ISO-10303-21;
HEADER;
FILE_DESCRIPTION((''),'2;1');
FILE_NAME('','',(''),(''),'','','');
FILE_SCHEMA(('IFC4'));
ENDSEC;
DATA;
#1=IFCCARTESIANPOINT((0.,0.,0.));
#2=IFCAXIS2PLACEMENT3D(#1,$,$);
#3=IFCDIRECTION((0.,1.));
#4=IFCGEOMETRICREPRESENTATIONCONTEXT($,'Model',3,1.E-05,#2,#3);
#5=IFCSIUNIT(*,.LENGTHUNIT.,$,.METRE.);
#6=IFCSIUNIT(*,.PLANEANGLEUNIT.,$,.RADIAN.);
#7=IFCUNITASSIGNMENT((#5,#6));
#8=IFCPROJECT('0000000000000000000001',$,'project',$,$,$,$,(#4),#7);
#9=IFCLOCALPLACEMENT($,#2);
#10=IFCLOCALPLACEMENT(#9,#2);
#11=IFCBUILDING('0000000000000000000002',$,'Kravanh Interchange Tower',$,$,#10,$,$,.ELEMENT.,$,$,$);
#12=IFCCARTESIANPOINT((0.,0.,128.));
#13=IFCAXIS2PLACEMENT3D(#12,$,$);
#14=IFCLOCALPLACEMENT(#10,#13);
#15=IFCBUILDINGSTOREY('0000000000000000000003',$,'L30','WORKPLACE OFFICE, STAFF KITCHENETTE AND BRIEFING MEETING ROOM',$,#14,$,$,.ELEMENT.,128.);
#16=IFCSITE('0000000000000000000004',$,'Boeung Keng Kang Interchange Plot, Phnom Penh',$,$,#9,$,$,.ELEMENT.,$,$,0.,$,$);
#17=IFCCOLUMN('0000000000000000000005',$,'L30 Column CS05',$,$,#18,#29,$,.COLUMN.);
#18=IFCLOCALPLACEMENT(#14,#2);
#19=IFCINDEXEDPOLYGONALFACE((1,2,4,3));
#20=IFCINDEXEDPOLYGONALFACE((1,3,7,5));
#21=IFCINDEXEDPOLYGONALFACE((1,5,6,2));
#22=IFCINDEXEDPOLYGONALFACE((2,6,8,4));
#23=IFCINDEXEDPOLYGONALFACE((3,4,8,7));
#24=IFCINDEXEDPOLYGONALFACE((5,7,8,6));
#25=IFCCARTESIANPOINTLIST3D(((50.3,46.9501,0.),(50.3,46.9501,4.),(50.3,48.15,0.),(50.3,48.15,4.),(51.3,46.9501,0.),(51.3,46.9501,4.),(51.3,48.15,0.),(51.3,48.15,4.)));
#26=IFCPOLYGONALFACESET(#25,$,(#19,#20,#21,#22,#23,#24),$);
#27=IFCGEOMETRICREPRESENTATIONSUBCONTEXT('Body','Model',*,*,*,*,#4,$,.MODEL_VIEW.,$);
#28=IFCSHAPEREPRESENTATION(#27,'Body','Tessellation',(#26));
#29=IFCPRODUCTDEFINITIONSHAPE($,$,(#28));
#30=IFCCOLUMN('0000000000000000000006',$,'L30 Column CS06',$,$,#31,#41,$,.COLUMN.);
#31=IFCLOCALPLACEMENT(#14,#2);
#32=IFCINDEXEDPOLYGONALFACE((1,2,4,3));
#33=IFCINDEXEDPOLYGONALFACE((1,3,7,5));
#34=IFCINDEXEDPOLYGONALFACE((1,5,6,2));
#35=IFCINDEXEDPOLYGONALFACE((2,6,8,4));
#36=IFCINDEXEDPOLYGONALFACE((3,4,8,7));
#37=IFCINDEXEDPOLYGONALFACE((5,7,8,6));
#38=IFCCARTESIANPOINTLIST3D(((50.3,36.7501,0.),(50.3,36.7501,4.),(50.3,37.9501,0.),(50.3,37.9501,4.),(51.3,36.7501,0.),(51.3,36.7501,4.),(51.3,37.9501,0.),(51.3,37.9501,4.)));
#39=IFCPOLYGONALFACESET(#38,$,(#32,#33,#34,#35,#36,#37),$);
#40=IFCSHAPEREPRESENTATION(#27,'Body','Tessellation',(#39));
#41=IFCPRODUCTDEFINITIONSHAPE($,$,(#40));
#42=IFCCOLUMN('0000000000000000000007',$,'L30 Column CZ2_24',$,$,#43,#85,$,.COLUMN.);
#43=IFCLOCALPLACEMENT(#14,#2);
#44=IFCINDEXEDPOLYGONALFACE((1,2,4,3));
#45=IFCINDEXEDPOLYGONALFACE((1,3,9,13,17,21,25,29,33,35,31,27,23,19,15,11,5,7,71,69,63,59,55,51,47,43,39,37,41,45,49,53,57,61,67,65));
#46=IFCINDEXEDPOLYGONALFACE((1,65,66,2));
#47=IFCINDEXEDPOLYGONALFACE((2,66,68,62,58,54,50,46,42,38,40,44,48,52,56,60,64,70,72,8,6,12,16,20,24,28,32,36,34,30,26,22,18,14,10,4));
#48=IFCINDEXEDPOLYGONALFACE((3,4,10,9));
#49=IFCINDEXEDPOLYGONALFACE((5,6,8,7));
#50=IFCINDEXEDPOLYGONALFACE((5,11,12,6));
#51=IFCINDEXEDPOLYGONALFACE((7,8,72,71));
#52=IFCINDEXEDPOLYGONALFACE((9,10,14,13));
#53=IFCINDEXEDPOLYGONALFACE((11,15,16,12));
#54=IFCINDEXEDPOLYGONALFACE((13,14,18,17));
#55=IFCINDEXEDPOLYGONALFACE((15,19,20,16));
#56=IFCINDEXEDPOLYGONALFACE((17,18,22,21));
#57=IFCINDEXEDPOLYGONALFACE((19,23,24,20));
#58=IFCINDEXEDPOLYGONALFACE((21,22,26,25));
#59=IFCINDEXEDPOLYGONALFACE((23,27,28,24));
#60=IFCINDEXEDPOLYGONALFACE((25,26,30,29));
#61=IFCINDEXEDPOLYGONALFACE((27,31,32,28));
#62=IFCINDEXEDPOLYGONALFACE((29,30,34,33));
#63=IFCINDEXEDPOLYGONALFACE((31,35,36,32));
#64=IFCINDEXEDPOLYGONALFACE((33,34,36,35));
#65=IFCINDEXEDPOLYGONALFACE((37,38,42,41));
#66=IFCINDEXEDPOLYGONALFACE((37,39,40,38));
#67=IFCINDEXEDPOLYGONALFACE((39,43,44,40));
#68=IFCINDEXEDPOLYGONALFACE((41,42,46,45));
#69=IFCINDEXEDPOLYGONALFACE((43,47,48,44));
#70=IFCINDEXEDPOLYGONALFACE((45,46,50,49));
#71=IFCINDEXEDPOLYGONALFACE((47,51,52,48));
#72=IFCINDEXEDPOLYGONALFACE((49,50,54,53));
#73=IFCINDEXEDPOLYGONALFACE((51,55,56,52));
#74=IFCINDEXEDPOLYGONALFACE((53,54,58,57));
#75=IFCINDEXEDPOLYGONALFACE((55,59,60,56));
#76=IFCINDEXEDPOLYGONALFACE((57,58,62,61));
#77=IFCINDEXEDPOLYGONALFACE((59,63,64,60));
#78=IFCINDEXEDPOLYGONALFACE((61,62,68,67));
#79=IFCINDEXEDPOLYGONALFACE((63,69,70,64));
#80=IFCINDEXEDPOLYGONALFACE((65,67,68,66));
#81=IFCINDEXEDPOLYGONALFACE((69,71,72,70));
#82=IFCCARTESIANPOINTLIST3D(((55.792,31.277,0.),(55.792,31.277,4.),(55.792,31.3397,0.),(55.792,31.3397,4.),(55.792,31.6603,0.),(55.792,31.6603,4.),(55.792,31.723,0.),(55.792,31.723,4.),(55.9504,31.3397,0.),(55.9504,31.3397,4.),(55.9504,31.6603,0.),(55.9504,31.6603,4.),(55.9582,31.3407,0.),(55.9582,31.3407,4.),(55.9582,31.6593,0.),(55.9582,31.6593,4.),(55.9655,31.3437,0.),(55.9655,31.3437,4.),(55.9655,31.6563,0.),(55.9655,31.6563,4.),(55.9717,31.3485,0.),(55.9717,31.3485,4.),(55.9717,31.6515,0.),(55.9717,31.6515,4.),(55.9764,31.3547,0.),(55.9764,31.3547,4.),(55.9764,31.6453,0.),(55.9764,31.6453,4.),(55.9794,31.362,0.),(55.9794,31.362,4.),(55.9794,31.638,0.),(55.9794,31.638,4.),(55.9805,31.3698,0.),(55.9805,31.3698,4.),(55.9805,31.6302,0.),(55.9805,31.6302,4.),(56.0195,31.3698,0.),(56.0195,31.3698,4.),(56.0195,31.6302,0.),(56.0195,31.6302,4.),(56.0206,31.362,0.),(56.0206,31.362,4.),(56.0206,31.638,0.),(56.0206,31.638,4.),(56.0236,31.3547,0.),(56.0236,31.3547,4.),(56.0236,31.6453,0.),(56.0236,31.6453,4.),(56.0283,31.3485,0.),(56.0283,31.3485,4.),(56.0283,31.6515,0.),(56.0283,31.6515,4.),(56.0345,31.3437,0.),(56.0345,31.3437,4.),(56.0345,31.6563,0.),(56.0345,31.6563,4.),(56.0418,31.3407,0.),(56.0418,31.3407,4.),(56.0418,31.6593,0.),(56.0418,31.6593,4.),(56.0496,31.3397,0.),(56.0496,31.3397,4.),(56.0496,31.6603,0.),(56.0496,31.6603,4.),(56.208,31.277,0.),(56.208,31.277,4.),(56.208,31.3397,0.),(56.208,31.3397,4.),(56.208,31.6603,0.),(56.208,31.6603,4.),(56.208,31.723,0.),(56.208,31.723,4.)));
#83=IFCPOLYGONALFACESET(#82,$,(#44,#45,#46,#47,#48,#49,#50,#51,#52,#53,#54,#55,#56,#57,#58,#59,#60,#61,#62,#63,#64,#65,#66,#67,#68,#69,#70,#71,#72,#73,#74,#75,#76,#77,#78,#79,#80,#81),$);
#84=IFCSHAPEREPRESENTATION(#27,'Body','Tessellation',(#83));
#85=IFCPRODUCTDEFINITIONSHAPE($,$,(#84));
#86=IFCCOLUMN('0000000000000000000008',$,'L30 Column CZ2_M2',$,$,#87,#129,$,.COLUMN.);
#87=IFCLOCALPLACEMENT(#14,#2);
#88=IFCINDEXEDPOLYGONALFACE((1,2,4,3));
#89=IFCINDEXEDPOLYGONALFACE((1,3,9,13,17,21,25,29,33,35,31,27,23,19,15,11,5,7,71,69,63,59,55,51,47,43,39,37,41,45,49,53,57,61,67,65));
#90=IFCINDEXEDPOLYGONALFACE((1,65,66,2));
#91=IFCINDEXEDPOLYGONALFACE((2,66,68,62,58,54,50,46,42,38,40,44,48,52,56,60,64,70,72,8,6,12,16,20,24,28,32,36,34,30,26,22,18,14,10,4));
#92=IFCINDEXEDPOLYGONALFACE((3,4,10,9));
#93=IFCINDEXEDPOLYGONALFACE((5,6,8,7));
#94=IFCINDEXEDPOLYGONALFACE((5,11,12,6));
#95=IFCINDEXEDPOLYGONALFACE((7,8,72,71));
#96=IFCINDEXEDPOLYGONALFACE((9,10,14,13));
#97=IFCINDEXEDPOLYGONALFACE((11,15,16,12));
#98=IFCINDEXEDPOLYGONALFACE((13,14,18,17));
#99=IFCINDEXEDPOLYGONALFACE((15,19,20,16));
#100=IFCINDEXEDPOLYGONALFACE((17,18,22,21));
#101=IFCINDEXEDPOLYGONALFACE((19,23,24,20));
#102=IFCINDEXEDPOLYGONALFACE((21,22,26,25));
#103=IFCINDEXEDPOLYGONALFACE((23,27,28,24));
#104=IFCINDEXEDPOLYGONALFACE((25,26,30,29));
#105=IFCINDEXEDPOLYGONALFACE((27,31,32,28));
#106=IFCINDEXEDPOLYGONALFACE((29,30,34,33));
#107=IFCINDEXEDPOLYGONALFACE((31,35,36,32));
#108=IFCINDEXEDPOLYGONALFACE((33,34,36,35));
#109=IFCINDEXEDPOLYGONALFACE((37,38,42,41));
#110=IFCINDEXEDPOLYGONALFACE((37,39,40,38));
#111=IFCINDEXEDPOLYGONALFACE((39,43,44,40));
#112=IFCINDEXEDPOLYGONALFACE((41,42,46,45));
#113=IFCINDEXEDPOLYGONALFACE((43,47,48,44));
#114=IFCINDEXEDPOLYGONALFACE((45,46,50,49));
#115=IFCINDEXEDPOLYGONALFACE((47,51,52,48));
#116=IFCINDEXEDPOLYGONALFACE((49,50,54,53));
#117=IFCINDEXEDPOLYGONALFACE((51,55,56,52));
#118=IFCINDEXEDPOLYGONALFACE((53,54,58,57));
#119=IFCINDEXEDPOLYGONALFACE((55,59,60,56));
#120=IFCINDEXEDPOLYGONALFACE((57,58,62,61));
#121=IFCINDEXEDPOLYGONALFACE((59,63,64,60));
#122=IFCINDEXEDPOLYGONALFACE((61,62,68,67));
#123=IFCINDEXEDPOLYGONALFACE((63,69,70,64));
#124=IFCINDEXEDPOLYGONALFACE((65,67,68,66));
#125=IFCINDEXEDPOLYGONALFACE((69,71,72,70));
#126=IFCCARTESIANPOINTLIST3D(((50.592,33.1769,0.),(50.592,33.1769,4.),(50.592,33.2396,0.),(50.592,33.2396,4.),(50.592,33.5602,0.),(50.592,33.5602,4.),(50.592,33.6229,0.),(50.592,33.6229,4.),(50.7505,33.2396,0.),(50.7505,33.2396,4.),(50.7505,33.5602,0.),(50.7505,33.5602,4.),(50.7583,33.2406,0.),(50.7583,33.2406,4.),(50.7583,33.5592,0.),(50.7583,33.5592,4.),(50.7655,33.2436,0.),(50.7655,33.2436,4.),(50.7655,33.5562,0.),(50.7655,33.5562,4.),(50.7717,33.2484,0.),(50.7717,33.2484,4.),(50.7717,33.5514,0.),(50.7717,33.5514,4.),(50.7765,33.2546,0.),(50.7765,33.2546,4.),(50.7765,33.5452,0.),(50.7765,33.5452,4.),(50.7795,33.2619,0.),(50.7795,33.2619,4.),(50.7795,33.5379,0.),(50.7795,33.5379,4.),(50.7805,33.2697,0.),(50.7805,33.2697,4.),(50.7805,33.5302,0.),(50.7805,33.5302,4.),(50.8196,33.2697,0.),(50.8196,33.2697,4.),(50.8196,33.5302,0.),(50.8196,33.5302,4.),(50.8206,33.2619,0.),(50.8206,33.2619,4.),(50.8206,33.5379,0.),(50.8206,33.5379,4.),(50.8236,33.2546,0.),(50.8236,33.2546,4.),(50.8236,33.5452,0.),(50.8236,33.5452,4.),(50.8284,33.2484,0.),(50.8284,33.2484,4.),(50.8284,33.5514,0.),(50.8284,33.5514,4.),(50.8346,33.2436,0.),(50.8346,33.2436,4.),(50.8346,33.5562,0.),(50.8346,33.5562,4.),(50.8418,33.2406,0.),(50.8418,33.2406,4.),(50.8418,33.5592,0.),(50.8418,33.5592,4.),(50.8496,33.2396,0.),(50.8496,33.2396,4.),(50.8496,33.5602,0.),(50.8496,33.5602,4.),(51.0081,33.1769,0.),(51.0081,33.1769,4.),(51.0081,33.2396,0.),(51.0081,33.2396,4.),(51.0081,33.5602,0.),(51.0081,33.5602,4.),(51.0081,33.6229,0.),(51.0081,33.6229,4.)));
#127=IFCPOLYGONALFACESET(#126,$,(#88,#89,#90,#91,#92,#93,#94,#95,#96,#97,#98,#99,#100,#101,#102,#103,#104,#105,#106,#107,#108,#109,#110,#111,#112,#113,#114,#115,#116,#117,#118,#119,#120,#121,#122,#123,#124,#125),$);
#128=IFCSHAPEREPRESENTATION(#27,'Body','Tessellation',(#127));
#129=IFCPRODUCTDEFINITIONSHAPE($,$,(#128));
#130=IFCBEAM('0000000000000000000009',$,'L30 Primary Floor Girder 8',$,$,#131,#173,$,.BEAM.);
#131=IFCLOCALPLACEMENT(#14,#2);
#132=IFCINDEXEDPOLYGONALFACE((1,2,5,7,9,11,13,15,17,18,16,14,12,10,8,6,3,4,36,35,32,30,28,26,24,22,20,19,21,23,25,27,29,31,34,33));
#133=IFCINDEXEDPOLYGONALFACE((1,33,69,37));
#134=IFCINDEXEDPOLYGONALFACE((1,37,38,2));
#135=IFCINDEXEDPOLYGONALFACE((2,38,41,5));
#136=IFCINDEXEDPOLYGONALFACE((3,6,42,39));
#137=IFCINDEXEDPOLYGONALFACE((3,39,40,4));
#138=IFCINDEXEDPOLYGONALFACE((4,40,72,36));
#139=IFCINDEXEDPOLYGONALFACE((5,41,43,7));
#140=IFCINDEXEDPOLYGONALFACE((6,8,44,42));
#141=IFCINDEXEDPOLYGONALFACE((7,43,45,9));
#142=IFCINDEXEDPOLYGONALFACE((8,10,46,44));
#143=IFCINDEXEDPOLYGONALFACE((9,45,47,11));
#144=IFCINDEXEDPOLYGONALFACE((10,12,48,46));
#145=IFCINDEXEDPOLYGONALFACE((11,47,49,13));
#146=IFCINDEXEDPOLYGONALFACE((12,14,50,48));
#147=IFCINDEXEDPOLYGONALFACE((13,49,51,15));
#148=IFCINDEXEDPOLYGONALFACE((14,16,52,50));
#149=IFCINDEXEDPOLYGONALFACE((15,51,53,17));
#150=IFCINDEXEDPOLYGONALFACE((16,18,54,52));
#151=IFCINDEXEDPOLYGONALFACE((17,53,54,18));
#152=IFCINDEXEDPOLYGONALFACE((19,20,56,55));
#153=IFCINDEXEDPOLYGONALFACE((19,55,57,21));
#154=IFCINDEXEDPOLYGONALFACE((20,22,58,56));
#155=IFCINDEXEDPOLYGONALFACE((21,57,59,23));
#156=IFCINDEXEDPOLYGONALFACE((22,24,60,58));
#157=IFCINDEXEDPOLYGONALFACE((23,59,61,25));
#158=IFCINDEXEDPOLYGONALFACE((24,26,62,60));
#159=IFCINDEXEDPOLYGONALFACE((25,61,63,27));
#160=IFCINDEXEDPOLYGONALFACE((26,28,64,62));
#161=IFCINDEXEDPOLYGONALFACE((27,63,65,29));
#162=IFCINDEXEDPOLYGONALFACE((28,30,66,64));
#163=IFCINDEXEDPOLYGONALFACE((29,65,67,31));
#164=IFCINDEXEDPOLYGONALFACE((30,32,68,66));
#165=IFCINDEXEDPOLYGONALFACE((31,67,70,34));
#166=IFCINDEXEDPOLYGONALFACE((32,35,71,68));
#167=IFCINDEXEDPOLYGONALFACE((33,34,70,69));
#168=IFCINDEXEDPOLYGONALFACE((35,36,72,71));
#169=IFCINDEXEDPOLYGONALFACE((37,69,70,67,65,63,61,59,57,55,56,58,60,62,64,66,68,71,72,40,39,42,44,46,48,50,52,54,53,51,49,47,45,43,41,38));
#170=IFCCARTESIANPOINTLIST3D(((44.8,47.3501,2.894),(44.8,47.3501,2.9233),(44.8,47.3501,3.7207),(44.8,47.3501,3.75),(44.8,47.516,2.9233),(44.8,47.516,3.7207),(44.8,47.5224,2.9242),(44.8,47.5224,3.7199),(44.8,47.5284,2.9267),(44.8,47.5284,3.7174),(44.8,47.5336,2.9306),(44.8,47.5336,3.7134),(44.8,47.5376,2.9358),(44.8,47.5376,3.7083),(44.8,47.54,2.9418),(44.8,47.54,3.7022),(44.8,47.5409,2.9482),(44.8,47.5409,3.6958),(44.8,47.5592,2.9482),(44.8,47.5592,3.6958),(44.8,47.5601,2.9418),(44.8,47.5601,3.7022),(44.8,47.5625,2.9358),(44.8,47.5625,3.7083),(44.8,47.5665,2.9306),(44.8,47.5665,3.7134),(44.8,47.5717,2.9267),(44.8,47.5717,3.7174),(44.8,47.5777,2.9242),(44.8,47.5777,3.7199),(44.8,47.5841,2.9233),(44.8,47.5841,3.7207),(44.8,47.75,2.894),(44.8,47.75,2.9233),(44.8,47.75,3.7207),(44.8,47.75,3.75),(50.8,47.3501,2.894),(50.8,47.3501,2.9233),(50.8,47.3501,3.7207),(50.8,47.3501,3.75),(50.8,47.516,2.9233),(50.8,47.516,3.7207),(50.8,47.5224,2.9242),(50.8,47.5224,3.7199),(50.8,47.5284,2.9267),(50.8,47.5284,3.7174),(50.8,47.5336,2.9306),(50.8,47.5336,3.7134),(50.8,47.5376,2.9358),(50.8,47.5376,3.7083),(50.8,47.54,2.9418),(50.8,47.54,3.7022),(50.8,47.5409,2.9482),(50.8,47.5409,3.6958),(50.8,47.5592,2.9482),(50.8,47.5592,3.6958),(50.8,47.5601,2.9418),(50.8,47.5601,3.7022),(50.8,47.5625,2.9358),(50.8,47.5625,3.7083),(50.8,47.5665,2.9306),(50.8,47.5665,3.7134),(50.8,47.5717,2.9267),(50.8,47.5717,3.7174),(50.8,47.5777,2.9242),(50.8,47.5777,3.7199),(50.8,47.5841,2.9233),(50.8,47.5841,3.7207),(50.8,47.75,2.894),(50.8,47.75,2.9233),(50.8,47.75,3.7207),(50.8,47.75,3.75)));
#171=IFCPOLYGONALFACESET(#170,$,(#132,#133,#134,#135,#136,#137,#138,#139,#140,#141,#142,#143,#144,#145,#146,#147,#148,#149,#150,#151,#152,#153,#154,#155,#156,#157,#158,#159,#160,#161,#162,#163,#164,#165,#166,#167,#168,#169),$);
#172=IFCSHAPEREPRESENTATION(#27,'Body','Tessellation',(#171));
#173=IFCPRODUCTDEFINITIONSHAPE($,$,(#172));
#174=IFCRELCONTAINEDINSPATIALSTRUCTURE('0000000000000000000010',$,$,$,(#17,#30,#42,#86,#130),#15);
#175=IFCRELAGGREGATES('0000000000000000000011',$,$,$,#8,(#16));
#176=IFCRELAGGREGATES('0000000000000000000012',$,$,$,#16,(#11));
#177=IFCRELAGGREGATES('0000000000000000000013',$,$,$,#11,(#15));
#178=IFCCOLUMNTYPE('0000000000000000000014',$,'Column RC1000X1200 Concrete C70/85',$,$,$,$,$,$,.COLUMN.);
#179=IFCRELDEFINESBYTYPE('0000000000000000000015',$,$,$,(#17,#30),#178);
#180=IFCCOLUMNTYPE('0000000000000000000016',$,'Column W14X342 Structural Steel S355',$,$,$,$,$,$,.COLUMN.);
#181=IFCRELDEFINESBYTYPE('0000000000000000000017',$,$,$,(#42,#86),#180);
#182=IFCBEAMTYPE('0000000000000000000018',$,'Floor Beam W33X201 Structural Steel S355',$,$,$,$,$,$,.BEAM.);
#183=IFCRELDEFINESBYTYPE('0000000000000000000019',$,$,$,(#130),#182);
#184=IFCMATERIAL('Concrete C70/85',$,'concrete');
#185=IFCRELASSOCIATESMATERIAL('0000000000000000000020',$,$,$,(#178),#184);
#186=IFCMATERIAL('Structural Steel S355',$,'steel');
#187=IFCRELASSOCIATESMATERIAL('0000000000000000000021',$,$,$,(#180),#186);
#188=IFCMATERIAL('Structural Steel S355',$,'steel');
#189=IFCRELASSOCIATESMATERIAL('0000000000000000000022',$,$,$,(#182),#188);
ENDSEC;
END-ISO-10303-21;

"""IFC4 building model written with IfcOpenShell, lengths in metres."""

from ifc_helpers import new_model, si_unit, direction, frame, origin, origin_2d, place, context, subcontext, project, spatial, rectangle, i_section, extrude, material, material_profile, profile_set, type_object, element, save


model = new_model("IFC4")

# Units and contexts
model_context = context("Model", 3, precision=1e-05, world=origin(), true_north=direction((0.0, 1.0)))
body_context = subcontext(model_context, "Body", "Model", "MODEL_VIEW")
ifc_project = project(units=[si_unit("LENGTHUNIT", "METRE"), si_unit("PLANEANGLEUNIT", "RADIAN")], contexts=[model_context])

# Site, building, storey
site_placement = place(None, origin())
site = spatial("IfcSite", under=ifc_project, at=site_placement, Name="Boeung Keng Kang Interchange Plot, Phnom Penh", CompositionType="ELEMENT", RefElevation=0.0)
building_placement = place(site_placement, origin())
building = spatial("IfcBuilding", under=site, at=building_placement, Name="Kravanh Interchange Tower", CompositionType="ELEMENT")
storey_placement = place(building_placement, frame((0.0, 0.0, 128.0)))
storey = spatial("IfcBuildingStorey", under=building, at=storey_placement, Name="L30", Description="WORKPLACE OFFICE, STAFF KITCHENETTE AND BRIEFING MEETING ROOM", CompositionType="ELEMENT", Elevation=128.0)

# Columns
ifc_material_1 = material(Name="Concrete C70/85", Category="concrete")
ifc_material_profile_1 = material_profile(ifc_material_1, rectangle(XDim=1.0, YDim=1.2, at=origin_2d()), Name="RC1000X1200")
ifc_profile_set_1 = profile_set([ifc_material_profile_1], Name="Concrete C70/85")
column_type_1 = type_object("IfcColumnType", Name="Column RC1000X1200 Concrete C70/85", PredefinedType="COLUMN", material=ifc_profile_set_1)
for number, where, z_axis, x_axis, name in (
    (1, (50.8, 47.55, 0.0), (0.0, 0.0, 1.0), (1.0, 0.0, 0.0), "L30 Column CS05"),
    (2, (50.8, 37.3501, 0.0), (0.0, 0.0, 1.0), (1.0, 0.0, 0.0), "L30 Column CS06"),
):
    element("IfcColumn", number, at=place(storey_placement, frame(where, z_axis=z_axis, x_axis=x_axis)), inside=storey, type_object=column_type_1, Name=name, PredefinedType="COLUMN", context=body_context, shape_type="SweptSolid", body=[
        extrude(rectangle(XDim=1.0, YDim=1.2, at=origin_2d()), origin(), (0.0, 0.0, 1.0), 4.0),
    ])
ifc_material_2 = material(Name="Structural Steel S355", Category="steel")
ifc_material_profile_2 = material_profile(ifc_material_2, i_section(OverallWidth=0.416, OverallDepth=0.446, WebThickness=0.0391, FlangeThickness=0.0627, FilletRadius=0.03, at=origin_2d()), Name="W14X342")
ifc_profile_set_2 = profile_set([ifc_material_profile_2], Name="Structural Steel S355")
column_type_2 = type_object("IfcColumnType", Name="Column W14X342 Structural Steel S355", PredefinedType="COLUMN", material=ifc_profile_set_2)
for number, where, z_axis, x_axis, name in (
    (3, (56.0, 31.5, 0.0), (0.0, 0.0, 1.0), (1.0, 0.0, 0.0), "L30 Column CZ2_24"),
    (4, (50.8, 33.3999, 0.0), (0.0, 0.0, 1.0), (1.0, 0.0, 0.0), "L30 Column CZ2_M2"),
):
    element("IfcColumn", number, at=place(storey_placement, frame(where, z_axis=z_axis, x_axis=x_axis)), inside=storey, type_object=column_type_2, Name=name, PredefinedType="COLUMN", context=body_context, shape_type="SweptSolid", body=[
        extrude(i_section(OverallWidth=0.416, OverallDepth=0.446, WebThickness=0.0391, FlangeThickness=0.0627, FilletRadius=0.03, at=origin_2d()), origin(), (0.0, 0.0, 1.0), 4.0),
    ])

# Beam
ifc_material_3 = material(Name="Structural Steel S355", Category="steel")
ifc_material_profile_3 = material_profile(ifc_material_3, i_section(OverallWidth=0.3999, OverallDepth=0.856, WebThickness=0.0183, FlangeThickness=0.0293, FilletRadius=0.0249, at=origin_2d()), Name="W33X201")
ifc_profile_set_3 = profile_set([ifc_material_profile_3], Name="Structural Steel S355")
beam_type_1 = type_object("IfcBeamType", Name="Floor Beam W33X201 Structural Steel S355", PredefinedType="BEAM", material=ifc_profile_set_3)
beam_1_placement = place(storey_placement, frame((50.8, 47.55, 3.322), z_axis=(-1.0, 0.0, 0.0), x_axis=(0.0, -1.0, 0.0)))
element("IfcBeam", 5, at=beam_1_placement, inside=storey, type_object=beam_type_1, Name="L30 Primary Floor Girder 8", PredefinedType="BEAM", context=body_context, shape_type="SweptSolid", body=[
    extrude(i_section(OverallWidth=0.3999, OverallDepth=0.856, WebThickness=0.0183, FlangeThickness=0.0293, FilletRadius=0.0249, at=origin_2d()), origin(), (0.0, 0.0, 1.0), 6.0),
])

save(model, "model.ifc")
